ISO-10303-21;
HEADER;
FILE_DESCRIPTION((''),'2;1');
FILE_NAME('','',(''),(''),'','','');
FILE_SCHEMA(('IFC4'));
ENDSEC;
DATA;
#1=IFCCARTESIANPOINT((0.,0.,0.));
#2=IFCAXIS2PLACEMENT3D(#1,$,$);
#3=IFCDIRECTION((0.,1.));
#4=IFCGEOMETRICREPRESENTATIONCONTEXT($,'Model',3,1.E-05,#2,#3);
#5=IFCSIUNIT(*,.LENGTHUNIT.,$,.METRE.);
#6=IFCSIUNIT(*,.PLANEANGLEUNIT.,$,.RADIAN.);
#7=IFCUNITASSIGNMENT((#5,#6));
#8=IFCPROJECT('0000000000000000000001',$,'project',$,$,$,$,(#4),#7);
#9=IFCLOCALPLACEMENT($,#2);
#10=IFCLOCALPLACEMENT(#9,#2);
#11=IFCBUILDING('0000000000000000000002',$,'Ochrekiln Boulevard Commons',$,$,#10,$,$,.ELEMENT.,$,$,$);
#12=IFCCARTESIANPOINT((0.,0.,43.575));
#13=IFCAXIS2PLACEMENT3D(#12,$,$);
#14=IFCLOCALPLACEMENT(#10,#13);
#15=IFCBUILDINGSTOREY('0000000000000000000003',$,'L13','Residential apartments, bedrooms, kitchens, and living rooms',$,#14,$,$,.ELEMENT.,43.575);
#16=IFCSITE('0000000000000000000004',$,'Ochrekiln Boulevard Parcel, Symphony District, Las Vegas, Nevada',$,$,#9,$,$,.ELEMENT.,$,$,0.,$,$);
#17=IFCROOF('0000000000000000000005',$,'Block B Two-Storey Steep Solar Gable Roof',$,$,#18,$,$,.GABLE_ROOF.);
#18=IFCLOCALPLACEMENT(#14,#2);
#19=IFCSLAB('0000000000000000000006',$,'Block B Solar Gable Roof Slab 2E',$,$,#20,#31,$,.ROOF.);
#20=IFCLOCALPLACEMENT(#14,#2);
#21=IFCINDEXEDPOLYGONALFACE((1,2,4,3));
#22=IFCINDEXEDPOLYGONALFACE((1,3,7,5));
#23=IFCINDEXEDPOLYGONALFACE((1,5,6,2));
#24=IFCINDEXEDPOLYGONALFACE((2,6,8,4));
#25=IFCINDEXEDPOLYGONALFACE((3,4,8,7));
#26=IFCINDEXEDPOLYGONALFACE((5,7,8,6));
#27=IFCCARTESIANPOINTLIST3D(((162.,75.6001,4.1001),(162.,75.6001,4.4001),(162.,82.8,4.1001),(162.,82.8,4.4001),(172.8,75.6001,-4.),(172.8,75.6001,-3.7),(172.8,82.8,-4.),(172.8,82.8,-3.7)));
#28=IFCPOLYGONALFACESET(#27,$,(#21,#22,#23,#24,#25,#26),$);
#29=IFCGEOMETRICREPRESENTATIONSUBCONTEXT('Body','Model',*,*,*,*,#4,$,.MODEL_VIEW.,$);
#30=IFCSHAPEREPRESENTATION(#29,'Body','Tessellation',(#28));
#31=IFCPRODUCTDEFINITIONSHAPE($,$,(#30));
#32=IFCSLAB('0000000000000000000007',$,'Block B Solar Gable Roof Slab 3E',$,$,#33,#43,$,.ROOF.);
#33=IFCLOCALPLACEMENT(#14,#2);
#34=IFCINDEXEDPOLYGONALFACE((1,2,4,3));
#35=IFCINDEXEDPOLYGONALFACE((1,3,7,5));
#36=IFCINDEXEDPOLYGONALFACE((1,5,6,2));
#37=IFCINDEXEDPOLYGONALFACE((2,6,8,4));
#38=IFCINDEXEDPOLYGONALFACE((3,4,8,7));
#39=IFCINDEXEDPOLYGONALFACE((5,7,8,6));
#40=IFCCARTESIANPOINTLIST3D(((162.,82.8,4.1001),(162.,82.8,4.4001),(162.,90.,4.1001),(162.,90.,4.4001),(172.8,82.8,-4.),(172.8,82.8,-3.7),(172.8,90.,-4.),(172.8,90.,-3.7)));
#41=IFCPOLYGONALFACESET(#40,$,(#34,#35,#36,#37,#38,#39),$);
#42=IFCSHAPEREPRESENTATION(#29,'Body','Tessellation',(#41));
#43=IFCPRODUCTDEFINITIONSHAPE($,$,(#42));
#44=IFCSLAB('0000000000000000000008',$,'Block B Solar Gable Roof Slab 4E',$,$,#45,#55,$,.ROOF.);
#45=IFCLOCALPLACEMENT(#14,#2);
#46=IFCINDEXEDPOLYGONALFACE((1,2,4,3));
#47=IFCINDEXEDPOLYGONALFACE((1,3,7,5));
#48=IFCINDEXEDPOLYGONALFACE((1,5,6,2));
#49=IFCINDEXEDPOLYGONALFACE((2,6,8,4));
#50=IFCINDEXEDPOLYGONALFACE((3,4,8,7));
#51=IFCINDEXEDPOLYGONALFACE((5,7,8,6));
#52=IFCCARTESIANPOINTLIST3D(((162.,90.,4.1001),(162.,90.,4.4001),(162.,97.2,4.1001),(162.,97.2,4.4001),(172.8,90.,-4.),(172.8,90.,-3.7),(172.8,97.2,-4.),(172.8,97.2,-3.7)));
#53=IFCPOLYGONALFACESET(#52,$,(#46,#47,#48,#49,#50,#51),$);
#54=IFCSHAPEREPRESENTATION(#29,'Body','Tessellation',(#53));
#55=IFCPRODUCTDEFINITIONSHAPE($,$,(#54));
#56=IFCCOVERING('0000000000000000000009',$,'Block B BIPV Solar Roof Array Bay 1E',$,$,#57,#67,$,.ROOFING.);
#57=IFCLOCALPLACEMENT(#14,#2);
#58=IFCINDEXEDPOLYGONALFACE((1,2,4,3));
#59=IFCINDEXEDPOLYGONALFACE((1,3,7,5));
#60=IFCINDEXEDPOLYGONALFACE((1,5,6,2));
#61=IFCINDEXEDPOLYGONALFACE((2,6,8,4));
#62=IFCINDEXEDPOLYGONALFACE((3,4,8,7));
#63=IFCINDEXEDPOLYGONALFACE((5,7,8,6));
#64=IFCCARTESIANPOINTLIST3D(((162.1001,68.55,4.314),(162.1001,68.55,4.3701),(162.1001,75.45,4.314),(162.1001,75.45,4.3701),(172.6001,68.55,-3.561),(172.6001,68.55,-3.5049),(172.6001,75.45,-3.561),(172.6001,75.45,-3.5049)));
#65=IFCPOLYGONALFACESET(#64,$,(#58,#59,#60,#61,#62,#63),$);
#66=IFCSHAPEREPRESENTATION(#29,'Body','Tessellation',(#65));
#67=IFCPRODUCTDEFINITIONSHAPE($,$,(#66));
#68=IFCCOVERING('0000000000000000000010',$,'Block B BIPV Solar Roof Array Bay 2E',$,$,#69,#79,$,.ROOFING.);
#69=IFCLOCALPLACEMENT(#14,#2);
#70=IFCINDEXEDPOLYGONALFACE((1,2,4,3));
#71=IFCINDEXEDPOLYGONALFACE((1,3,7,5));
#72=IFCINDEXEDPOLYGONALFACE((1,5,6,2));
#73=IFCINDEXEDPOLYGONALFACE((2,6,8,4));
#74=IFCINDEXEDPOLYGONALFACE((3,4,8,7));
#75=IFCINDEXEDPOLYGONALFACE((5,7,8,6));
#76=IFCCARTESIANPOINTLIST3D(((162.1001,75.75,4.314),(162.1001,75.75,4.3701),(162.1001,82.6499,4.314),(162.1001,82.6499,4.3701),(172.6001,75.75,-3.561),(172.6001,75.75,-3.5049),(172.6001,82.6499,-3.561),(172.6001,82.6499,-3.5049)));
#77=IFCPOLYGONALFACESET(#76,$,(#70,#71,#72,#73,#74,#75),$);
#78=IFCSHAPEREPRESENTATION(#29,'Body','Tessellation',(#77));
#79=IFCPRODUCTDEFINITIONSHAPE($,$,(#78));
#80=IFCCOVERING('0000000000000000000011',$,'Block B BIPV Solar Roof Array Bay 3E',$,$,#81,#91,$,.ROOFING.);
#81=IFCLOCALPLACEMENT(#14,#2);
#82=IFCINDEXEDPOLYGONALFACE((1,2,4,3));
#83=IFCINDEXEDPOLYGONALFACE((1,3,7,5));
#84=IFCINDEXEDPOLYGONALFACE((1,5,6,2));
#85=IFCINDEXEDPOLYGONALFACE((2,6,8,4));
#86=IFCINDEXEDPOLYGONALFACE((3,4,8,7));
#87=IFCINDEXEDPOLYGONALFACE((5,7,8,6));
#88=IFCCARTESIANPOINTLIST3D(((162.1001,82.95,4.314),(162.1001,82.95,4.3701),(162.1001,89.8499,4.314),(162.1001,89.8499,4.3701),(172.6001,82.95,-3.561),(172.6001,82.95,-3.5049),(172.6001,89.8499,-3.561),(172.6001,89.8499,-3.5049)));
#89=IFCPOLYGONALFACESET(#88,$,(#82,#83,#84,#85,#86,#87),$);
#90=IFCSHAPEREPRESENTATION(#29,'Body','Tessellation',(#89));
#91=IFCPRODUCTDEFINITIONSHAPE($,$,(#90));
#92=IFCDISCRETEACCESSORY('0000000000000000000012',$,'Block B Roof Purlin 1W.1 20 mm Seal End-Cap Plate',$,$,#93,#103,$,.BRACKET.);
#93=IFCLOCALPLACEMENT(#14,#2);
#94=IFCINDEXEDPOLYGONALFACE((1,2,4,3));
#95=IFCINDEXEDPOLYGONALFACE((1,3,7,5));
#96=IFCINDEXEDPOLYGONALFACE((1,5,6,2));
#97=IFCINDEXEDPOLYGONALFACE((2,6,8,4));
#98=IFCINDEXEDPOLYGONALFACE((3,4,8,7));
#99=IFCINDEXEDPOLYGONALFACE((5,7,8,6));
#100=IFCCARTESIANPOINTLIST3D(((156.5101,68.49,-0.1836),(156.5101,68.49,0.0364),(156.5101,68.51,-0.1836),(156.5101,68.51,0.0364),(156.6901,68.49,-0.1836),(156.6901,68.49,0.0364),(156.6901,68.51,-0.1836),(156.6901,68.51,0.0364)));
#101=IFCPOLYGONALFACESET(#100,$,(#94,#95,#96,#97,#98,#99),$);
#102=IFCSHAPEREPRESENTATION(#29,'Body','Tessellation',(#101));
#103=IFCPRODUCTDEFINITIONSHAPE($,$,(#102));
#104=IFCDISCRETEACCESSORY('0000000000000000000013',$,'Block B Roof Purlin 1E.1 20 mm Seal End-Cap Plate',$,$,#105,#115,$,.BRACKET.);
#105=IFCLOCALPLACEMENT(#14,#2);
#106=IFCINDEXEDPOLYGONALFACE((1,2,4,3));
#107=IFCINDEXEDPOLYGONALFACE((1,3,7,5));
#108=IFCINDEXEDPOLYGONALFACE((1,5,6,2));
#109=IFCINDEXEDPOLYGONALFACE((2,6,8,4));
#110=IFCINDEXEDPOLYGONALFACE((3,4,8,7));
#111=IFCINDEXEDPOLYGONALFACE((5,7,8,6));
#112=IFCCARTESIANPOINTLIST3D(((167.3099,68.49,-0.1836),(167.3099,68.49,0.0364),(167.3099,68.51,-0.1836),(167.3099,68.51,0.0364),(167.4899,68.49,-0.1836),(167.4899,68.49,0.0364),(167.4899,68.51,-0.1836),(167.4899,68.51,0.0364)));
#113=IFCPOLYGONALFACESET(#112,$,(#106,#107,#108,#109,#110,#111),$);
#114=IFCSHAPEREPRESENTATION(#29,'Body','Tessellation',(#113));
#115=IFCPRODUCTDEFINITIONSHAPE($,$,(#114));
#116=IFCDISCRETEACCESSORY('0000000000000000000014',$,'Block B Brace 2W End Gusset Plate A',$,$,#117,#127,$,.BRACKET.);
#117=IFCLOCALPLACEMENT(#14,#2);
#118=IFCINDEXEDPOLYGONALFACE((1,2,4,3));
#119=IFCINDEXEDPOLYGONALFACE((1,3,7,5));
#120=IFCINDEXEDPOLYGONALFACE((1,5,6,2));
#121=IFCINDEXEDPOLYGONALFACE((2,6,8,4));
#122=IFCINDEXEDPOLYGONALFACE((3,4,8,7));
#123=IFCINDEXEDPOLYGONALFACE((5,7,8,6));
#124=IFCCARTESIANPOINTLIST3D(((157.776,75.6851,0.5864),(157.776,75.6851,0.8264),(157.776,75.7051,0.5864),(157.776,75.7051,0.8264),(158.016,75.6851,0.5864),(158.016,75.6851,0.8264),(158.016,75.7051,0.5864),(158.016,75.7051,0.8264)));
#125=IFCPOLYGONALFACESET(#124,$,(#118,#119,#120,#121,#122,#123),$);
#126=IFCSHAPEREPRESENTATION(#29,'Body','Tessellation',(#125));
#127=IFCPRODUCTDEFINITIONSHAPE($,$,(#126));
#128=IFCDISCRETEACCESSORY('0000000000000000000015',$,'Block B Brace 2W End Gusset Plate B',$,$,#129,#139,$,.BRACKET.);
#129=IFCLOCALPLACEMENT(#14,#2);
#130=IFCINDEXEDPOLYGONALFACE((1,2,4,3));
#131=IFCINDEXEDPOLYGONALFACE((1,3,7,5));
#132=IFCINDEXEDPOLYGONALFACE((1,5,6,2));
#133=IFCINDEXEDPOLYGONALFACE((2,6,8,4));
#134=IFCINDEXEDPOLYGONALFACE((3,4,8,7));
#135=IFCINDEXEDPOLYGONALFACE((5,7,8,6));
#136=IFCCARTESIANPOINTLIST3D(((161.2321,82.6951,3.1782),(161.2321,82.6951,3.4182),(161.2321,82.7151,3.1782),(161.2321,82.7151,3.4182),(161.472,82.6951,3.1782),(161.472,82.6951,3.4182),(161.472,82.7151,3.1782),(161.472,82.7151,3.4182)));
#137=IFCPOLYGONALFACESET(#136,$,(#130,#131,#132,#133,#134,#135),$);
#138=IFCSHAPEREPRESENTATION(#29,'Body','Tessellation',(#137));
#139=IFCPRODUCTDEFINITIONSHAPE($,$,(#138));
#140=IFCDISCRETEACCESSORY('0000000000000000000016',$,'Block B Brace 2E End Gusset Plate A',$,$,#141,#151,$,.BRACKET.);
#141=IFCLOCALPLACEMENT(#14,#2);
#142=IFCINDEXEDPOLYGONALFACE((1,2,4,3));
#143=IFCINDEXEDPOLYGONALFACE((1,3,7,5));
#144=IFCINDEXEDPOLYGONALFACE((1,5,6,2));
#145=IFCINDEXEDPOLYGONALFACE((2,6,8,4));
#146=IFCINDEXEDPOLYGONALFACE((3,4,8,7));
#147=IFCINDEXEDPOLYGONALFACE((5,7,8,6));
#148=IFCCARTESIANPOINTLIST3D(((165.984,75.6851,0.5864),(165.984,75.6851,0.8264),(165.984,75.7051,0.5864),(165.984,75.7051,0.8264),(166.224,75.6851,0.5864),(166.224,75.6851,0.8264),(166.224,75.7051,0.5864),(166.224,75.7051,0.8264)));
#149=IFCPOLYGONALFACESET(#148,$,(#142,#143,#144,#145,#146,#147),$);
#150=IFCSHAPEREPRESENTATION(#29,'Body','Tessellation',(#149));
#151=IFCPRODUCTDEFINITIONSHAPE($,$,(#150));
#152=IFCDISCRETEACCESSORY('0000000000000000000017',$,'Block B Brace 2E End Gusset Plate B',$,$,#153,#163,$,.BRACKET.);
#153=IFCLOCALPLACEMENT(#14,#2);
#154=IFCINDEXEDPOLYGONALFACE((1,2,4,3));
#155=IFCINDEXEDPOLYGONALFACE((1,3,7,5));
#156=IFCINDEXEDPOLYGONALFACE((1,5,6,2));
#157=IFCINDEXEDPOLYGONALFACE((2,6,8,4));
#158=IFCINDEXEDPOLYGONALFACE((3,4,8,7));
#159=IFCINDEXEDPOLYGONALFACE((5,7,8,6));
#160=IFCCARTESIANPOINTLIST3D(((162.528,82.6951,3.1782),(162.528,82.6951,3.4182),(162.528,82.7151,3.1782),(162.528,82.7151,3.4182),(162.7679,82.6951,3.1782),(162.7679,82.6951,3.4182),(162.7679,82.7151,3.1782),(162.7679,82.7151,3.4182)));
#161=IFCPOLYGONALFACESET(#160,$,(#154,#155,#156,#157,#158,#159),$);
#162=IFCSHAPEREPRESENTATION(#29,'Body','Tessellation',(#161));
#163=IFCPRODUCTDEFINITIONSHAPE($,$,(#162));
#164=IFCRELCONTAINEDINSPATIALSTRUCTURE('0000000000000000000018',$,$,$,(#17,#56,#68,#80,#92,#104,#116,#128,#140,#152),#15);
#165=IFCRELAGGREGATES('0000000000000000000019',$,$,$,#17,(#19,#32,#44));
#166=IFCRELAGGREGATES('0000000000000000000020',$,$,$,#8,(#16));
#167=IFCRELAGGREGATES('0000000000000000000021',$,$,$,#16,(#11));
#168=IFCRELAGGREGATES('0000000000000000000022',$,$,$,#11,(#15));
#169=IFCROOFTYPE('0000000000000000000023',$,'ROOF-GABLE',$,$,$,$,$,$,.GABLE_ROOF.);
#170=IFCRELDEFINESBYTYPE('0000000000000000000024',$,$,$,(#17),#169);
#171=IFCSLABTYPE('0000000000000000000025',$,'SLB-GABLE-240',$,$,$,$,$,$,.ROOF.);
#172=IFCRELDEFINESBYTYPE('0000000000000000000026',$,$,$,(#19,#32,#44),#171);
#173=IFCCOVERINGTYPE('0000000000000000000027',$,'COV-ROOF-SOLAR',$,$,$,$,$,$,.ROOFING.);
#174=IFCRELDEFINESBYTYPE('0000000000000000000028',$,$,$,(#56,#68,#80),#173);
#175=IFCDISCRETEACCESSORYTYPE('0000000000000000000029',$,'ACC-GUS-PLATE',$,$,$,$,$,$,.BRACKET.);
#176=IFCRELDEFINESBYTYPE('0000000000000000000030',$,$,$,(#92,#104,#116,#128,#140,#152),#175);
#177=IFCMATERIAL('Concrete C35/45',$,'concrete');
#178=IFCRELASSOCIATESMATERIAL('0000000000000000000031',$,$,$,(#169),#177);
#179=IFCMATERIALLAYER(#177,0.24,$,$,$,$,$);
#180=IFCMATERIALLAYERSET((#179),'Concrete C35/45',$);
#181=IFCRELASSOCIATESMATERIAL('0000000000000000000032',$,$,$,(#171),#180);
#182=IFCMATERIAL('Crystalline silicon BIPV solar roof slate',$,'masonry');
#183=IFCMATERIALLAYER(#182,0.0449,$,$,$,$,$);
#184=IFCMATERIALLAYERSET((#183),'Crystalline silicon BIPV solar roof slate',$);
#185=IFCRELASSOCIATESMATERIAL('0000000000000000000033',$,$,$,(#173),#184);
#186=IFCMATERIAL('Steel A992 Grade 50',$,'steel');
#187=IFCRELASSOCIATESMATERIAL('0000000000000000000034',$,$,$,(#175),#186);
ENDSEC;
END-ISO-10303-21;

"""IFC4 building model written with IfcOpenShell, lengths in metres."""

from ifc_helpers import new_model, si_unit, direction, frame, origin, origin_2d, place, context, subcontext, project, spatial, polyline, rectangle, outline, extrude, material, layer, layer_set, type_object, element, aggregate, save


model = new_model("IFC4")

# Units and contexts
model_context = context("Model", 3, precision=1e-05, world=origin(), true_north=direction((0.0, 1.0)))
body_context = subcontext(model_context, "Body", "Model", "MODEL_VIEW")
ifc_project = project(units=[si_unit("LENGTHUNIT", "METRE"), si_unit("PLANEANGLEUNIT", "RADIAN")], contexts=[model_context])

# Site, building, storey
site_placement = place(None, origin())
site = spatial("IfcSite", under=ifc_project, at=site_placement, Name="Ochrekiln Boulevard Parcel, Symphony District, Las Vegas, Nevada", CompositionType="ELEMENT", RefElevation=0.0)
building_placement = place(site_placement, origin())
building = spatial("IfcBuilding", under=site, at=building_placement, Name="Ochrekiln Boulevard Commons", CompositionType="ELEMENT")
storey_placement = place(building_placement, frame((0.0, 0.0, 43.575)))
storey = spatial("IfcBuildingStorey", under=building, at=storey_placement, Name="L13", Description="Residential apartments, bedrooms, kitchens, and living rooms", CompositionType="ELEMENT", Elevation=43.575)

# Shared definitions
ifc_material_1 = material(Name="Steel A992 Grade 50", Category="steel")

# Roof, slabs
ifc_material_2 = material(Name="Concrete C35/45", Category="concrete")
roof_type = type_object("IfcRoofType", Name="ROOF-GABLE", PredefinedType="GABLE_ROOF", material=ifc_material_2)
roof_placement = place(storey_placement, origin())
roof = element("IfcRoof", 1, at=roof_placement, inside=storey, type_object=roof_type, Name="Block B Two-Storey Steep Solar Gable Roof", PredefinedType="GABLE_ROOF")
ifc_layer_1 = layer(ifc_material_2, 0.24)
ifc_layer_set_1 = layer_set([ifc_layer_1], Name="Concrete C35/45")
slab_type = type_object("IfcSlabType", Name="SLB-GABLE-240", PredefinedType="ROOF", material=ifc_layer_set_1)
slab_1_placement = place(storey_placement, frame((172.8, 75.6001, -3.7), z_axis=(0.0, 1.0, 0.0), x_axis=(-1.0, 0.0, 0.0)))
slab_1 = element("IfcSlab", 2, at=slab_1_placement, type_object=slab_type, Name="Block B Solar Gable Roof Slab 2E", PredefinedType="ROOF", context=body_context, shape_type="SweptSolid", body=[
    extrude(outline(polyline([(0.0, 0.0), (10.8, 8.1001), (10.8, 7.8), (0.0, -0.3), (0.0, 0.0)])), origin(), (0.0, 0.0, 1.0), 7.2),
])
slab_2_placement = place(storey_placement, frame((172.8, 82.8, -3.7), z_axis=(0.0, 1.0, 0.0), x_axis=(-1.0, 0.0, 0.0)))
slab_2 = element("IfcSlab", 3, at=slab_2_placement, type_object=slab_type, Name="Block B Solar Gable Roof Slab 3E", PredefinedType="ROOF", context=body_context, shape_type="SweptSolid", body=[
    extrude(outline(polyline([(0.0, 0.0), (10.8, 8.1001), (10.8, 7.8), (0.0, -0.3), (0.0, 0.0)])), origin(), (0.0, 0.0, 1.0), 7.2),
])
slab_3_placement = place(storey_placement, frame((172.8, 90.0, -3.7), z_axis=(0.0, 1.0, 0.0), x_axis=(-1.0, 0.0, 0.0)))
slab_3 = element("IfcSlab", 4, at=slab_3_placement, type_object=slab_type, Name="Block B Solar Gable Roof Slab 4E", PredefinedType="ROOF", context=body_context, shape_type="SweptSolid", body=[
    extrude(outline(polyline([(0.0, 0.0), (10.8, 8.1001), (10.8, 7.8), (0.0, -0.3), (0.0, 0.0)])), origin(), (0.0, 0.0, 1.0), 7.2),
])
aggregate(roof, [slab_1, slab_2, slab_3])

# Coverings
ifc_material_3 = material(Name="Crystalline silicon BIPV solar roof slate", Category="masonry")
ifc_layer_2 = layer(ifc_material_3, 0.0449)
ifc_layer_set_2 = layer_set([ifc_layer_2], Name="Crystalline silicon BIPV solar roof slate")
covering_type = type_object("IfcCoveringType", Name="COV-ROOF-SOLAR", PredefinedType="ROOFING", material=ifc_layer_set_2)
for number, where, z_axis, x_axis, name in (
    (5, (172.6001, 68.55, -3.5049), (0.0, 1.0, 0.0), (-1.0, 0.0, 0.0), "Block B BIPV Solar Roof Array Bay 1E"),
    (6, (172.6001, 75.75, -3.5049), (0.0, 1.0, 0.0), (-1.0, 0.0, 0.0), "Block B BIPV Solar Roof Array Bay 2E"),
    (7, (172.6001, 82.95, -3.5049), (0.0, 1.0, 0.0), (-1.0, 0.0, 0.0), "Block B BIPV Solar Roof Array Bay 3E"),
):
    element("IfcCovering", number, at=place(storey_placement, frame(where, z_axis=z_axis, x_axis=x_axis)), inside=storey, type_object=covering_type, Name=name, PredefinedType="ROOFING", context=body_context, shape_type="SweptSolid", body=[
        extrude(outline(polyline([(0.0, 0.0), (10.5, 7.875), (10.5, 7.8188), (0.0, -0.0562), (0.0, 0.0)])), origin(), (0.0, 0.0, 1.0), 6.8999),
    ])

# Discrete accessories
discrete_accessory_type = type_object("IfcDiscreteAccessoryType", Name="ACC-GUS-PLATE", PredefinedType="BRACKET", material=ifc_material_1)
for number, where, z_axis, x_axis, name in (
    (8, (156.6001, 68.5, -0.1836), (0.0, 0.0, 1.0), (1.0, 0.0, 0.0), "Block B Roof Purlin 1W.1 20 mm Seal End-Cap Plate"),
    (9, (167.3999, 68.5, -0.1836), (0.0, 0.0, 1.0), (1.0, 0.0, 0.0), "Block B Roof Purlin 1E.1 20 mm Seal End-Cap Plate"),
):
    element("IfcDiscreteAccessory", number, at=place(storey_placement, frame(where, z_axis=z_axis, x_axis=x_axis)), inside=storey, type_object=discrete_accessory_type, Name=name, PredefinedType="BRACKET", context=body_context, shape_type="SweptSolid", body=[
        extrude(rectangle(XDim=0.1799, YDim=0.02, at=origin_2d()), origin(), (0.0, 0.0, 1.0), 0.22),
    ])
for number, where, z_axis, x_axis, name in (
    (10, (157.896, 75.6951, 0.5864), (0.0, 0.0, 1.0), (1.0, 0.0, 0.0), "Block B Brace 2W End Gusset Plate A"),
    (11, (161.3521, 82.7051, 3.1782), (0.0, 0.0, 1.0), (1.0, 0.0, 0.0), "Block B Brace 2W End Gusset Plate B"),
    (12, (166.104, 75.6951, 0.5864), (0.0, 0.0, 1.0), (1.0, 0.0, 0.0), "Block B Brace 2E End Gusset Plate A"),
    (13, (162.6479, 82.7051, 3.1782), (0.0, 0.0, 1.0), (1.0, 0.0, 0.0), "Block B Brace 2E End Gusset Plate B"),
):
    element("IfcDiscreteAccessory", number, at=place(storey_placement, frame(where, z_axis=z_axis, x_axis=x_axis)), inside=storey, type_object=discrete_accessory_type, Name=name, PredefinedType="BRACKET", context=body_context, shape_type="SweptSolid", body=[
        extrude(rectangle(XDim=0.24, YDim=0.02, at=origin_2d()), origin(), (0.0, 0.0, 1.0), 0.24),
    ])

save(model, "model.ifc")
